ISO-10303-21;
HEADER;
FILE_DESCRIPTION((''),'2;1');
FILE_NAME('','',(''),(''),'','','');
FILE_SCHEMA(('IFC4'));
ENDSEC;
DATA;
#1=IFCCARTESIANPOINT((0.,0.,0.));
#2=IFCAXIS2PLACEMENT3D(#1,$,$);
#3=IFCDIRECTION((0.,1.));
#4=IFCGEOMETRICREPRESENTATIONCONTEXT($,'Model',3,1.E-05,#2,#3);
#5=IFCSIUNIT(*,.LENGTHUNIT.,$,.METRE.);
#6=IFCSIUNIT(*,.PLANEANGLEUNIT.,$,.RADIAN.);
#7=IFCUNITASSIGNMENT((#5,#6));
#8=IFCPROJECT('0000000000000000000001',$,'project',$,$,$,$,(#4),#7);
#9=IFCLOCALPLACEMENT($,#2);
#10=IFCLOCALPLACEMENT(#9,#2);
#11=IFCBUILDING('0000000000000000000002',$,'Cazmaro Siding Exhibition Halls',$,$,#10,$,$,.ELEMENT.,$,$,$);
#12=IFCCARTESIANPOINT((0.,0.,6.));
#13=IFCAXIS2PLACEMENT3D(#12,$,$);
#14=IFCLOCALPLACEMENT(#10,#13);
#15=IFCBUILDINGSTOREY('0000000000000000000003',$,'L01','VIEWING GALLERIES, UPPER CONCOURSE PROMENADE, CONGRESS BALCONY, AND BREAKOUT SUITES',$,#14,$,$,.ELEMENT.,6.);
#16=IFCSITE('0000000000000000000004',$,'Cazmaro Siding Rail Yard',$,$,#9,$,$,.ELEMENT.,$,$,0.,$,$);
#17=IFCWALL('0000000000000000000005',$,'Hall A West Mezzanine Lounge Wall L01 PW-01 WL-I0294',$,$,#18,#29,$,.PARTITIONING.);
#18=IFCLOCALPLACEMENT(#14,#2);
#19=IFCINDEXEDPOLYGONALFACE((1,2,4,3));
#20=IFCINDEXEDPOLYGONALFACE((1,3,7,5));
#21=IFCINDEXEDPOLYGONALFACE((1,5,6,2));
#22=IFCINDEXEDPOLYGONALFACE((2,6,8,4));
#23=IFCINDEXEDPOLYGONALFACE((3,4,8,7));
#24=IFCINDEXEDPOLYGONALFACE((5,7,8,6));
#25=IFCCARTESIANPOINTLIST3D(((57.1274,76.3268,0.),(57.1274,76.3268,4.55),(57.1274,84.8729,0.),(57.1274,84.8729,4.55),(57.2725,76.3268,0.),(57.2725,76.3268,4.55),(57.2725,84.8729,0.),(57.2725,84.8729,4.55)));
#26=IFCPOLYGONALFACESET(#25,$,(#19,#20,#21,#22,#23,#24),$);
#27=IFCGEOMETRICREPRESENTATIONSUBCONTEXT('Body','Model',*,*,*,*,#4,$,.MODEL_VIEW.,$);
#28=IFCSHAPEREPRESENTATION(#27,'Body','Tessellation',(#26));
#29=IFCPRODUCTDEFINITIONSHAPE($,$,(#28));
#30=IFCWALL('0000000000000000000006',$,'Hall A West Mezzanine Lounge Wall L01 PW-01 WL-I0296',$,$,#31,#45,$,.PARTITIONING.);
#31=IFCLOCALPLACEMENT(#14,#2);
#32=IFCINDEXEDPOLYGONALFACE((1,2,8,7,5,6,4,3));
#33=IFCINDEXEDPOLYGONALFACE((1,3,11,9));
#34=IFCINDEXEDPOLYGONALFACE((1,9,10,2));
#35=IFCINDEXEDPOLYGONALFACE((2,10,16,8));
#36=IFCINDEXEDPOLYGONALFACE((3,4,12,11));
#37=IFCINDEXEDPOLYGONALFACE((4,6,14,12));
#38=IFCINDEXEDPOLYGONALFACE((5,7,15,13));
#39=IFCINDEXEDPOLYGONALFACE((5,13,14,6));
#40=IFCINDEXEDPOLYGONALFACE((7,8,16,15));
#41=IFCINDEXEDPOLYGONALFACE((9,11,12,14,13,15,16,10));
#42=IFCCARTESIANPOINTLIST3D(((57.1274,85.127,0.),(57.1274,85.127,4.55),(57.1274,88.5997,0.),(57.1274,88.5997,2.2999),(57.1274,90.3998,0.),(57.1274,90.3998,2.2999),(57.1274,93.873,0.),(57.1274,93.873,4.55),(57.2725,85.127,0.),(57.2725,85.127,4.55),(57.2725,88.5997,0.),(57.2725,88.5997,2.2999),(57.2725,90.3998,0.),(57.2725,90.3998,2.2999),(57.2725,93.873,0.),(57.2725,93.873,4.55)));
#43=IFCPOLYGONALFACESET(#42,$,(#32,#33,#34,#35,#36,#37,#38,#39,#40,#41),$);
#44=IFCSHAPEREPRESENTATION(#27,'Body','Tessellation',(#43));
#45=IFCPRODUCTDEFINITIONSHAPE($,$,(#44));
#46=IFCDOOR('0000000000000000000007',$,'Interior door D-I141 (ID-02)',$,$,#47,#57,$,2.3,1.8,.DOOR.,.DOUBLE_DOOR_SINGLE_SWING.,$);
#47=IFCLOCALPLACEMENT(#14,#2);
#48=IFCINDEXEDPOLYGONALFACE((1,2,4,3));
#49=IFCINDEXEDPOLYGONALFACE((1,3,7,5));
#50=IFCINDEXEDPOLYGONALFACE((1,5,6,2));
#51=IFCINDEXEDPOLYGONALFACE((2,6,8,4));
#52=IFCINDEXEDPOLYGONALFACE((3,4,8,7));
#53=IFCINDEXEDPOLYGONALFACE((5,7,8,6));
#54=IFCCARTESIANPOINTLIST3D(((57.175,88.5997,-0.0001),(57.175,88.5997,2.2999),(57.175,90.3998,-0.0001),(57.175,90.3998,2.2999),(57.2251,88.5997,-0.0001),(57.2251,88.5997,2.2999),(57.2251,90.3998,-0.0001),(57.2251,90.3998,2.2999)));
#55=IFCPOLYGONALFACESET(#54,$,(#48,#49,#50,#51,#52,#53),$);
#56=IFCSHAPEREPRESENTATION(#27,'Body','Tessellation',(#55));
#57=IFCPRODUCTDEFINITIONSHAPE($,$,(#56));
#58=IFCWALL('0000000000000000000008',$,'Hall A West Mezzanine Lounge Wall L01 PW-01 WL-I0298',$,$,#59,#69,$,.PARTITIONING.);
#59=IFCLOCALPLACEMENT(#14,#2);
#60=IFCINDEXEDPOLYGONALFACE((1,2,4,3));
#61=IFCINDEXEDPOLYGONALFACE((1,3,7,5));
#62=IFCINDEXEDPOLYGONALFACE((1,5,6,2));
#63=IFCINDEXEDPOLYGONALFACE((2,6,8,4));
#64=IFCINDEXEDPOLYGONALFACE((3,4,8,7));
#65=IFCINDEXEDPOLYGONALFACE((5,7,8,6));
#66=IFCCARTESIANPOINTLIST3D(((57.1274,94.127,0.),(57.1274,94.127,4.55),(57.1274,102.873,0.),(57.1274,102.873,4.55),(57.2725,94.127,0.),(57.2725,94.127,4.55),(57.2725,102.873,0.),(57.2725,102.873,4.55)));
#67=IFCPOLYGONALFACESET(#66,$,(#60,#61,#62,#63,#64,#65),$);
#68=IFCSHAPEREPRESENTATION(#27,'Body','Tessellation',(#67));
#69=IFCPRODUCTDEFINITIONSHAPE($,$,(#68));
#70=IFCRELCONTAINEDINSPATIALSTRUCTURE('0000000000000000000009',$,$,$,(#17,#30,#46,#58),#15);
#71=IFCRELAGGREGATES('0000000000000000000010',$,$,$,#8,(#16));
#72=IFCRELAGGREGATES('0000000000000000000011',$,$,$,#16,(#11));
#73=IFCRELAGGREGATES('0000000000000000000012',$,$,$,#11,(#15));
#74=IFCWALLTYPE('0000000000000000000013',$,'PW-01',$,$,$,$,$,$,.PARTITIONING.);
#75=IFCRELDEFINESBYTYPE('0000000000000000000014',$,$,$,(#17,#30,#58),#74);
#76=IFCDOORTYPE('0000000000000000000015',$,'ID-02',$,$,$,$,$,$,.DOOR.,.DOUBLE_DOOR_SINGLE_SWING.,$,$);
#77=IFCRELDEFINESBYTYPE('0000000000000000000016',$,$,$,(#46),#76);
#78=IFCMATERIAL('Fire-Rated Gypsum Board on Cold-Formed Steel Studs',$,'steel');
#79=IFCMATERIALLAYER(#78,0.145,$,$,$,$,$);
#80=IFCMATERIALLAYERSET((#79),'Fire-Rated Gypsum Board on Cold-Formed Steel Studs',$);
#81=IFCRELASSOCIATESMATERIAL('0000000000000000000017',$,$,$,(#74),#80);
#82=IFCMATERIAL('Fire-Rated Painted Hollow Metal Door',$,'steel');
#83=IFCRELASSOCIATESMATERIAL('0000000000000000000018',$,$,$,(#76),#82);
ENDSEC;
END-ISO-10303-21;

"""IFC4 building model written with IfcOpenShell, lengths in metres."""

from ifc_helpers import new_model, si_unit, direction, frame, frame_2d, origin, place, context, subcontext, project, spatial, rectangle, extrude, material, layer, layer_set, type_object, element, fill, save


model = new_model("IFC4")

# Units and contexts
model_context = context("Model", 3, precision=1e-05, world=origin(), true_north=direction((0.0, 1.0)))
body_context = subcontext(model_context, "Body", "Model", "MODEL_VIEW")
ifc_project = project(units=[si_unit("LENGTHUNIT", "METRE"), si_unit("PLANEANGLEUNIT", "RADIAN")], contexts=[model_context])

# Site, building, storey
site_placement = place(None, origin())
site = spatial("IfcSite", under=ifc_project, at=site_placement, Name="Cazmaro Siding Rail Yard", CompositionType="ELEMENT", RefElevation=0.0)
building_placement = place(site_placement, origin())
building = spatial("IfcBuilding", under=site, at=building_placement, Name="Cazmaro Siding Exhibition Halls", CompositionType="ELEMENT")
storey_placement = place(building_placement, frame((0.0, 0.0, 6.0)))
storey = spatial("IfcBuildingStorey", under=building, at=storey_placement, Name="L01", Description="VIEWING GALLERIES, UPPER CONCOURSE PROMENADE, CONGRESS BALCONY, AND BREAKOUT SUITES", CompositionType="ELEMENT", Elevation=6.0)

# Wall
ifc_material_1 = material(Name="Fire-Rated Gypsum Board on Cold-Formed Steel Studs", Category="steel")
ifc_layer = layer(ifc_material_1, 0.145)
ifc_layer_set = layer_set([ifc_layer], Name="Fire-Rated Gypsum Board on Cold-Formed Steel Studs")
wall_type = type_object("IfcWallType", Name="PW-01", PredefinedType="PARTITIONING", material=ifc_layer_set)
wall_1_placement = place(storey_placement, frame((57.2, 76.3269, 0.0), z_axis=(0.0, 0.0, 1.0), x_axis=(0.0, 1.0, 0.0)))
element("IfcWall", 1, at=wall_1_placement, inside=storey, type_object=wall_type, Name="Hall A West Mezzanine Lounge Wall L01 PW-01 WL-I0294", PredefinedType="PARTITIONING", context=body_context, shape_type="SweptSolid", body=[
    extrude(rectangle(XDim=8.5461, YDim=0.145, at=frame_2d((4.2729, 0.0))), origin(), (0.0, 0.0, 1.0), 4.55),
])

# Wall, opening, door
wall_2_placement = place(storey_placement, frame((57.2, 85.127, 0.0), z_axis=(0.0, 0.0, 1.0), x_axis=(0.0, 1.0, 0.0)))
wall_2 = element("IfcWall", 2, at=wall_2_placement, inside=storey, type_object=wall_type, Name="Hall A West Mezzanine Lounge Wall L01 PW-01 WL-I0296", PredefinedType="PARTITIONING", context=body_context, shape_type="SweptSolid", body=[
    extrude(rectangle(XDim=8.7461, YDim=0.145, at=frame_2d((4.373, 0.0))), origin(), (0.0, 0.0, 1.0), 4.55),
])
opening_placement = place(wall_2_placement, frame((3.4729, 0.0, 0.0)))
opening = element("IfcOpeningElement", 3, at=opening_placement, cuts=wall_2, PredefinedType="OPENING", context=body_context, shape_type="SweptSolid", body=[
    extrude(rectangle(XDim=1.8, YDim=2.3, at=frame_2d((0.8999, 1.1499))), frame((0.0, 0.0825, 0.0), z_axis=(0.0, -1.0, 0.0), x_axis=(1.0, 0.0, 0.0)), (0.0, 0.0, 1.0), 0.165),
])
ifc_material_2 = material(Name="Fire-Rated Painted Hollow Metal Door", Category="steel")
door_type = type_object("IfcDoorType", Name="ID-02", OperationType="DOUBLE_DOOR_SINGLE_SWING", PredefinedType="DOOR", material=ifc_material_2)
door_placement = place(opening_placement, origin())
door = element("IfcDoor", 4, at=door_placement, inside=storey, type_object=door_type, Name="Interior door D-I141 (ID-02)", OperationType="DOUBLE_DOOR_SINGLE_SWING", OverallHeight=2.3, OverallWidth=1.8, PredefinedType="DOOR", context=body_context, shape_type="SweptSolid", body=[
    extrude(rectangle(XDim=1.8, YDim=2.3, at=frame_2d((0.8999, 1.1499))), frame((0.0, 0.0249, 0.0), z_axis=(0.0, -1.0, 0.0), x_axis=(1.0, 0.0, 0.0)), (0.0, 0.0, 1.0), 0.05),
])
fill(opening, door)

# Wall
wall_3_placement = place(storey_placement, frame((57.2, 94.127, 0.0), z_axis=(0.0, 0.0, 1.0), x_axis=(0.0, 1.0, 0.0)))
element("IfcWall", 5, at=wall_3_placement, inside=storey, type_object=wall_type, Name="Hall A West Mezzanine Lounge Wall L01 PW-01 WL-I0298", PredefinedType="PARTITIONING", context=body_context, shape_type="SweptSolid", body=[
    extrude(rectangle(XDim=8.7461, YDim=0.145, at=frame_2d((4.373, 0.0))), origin(), (0.0, 0.0, 1.0), 4.55),
])

save(model, "model.ifc")
